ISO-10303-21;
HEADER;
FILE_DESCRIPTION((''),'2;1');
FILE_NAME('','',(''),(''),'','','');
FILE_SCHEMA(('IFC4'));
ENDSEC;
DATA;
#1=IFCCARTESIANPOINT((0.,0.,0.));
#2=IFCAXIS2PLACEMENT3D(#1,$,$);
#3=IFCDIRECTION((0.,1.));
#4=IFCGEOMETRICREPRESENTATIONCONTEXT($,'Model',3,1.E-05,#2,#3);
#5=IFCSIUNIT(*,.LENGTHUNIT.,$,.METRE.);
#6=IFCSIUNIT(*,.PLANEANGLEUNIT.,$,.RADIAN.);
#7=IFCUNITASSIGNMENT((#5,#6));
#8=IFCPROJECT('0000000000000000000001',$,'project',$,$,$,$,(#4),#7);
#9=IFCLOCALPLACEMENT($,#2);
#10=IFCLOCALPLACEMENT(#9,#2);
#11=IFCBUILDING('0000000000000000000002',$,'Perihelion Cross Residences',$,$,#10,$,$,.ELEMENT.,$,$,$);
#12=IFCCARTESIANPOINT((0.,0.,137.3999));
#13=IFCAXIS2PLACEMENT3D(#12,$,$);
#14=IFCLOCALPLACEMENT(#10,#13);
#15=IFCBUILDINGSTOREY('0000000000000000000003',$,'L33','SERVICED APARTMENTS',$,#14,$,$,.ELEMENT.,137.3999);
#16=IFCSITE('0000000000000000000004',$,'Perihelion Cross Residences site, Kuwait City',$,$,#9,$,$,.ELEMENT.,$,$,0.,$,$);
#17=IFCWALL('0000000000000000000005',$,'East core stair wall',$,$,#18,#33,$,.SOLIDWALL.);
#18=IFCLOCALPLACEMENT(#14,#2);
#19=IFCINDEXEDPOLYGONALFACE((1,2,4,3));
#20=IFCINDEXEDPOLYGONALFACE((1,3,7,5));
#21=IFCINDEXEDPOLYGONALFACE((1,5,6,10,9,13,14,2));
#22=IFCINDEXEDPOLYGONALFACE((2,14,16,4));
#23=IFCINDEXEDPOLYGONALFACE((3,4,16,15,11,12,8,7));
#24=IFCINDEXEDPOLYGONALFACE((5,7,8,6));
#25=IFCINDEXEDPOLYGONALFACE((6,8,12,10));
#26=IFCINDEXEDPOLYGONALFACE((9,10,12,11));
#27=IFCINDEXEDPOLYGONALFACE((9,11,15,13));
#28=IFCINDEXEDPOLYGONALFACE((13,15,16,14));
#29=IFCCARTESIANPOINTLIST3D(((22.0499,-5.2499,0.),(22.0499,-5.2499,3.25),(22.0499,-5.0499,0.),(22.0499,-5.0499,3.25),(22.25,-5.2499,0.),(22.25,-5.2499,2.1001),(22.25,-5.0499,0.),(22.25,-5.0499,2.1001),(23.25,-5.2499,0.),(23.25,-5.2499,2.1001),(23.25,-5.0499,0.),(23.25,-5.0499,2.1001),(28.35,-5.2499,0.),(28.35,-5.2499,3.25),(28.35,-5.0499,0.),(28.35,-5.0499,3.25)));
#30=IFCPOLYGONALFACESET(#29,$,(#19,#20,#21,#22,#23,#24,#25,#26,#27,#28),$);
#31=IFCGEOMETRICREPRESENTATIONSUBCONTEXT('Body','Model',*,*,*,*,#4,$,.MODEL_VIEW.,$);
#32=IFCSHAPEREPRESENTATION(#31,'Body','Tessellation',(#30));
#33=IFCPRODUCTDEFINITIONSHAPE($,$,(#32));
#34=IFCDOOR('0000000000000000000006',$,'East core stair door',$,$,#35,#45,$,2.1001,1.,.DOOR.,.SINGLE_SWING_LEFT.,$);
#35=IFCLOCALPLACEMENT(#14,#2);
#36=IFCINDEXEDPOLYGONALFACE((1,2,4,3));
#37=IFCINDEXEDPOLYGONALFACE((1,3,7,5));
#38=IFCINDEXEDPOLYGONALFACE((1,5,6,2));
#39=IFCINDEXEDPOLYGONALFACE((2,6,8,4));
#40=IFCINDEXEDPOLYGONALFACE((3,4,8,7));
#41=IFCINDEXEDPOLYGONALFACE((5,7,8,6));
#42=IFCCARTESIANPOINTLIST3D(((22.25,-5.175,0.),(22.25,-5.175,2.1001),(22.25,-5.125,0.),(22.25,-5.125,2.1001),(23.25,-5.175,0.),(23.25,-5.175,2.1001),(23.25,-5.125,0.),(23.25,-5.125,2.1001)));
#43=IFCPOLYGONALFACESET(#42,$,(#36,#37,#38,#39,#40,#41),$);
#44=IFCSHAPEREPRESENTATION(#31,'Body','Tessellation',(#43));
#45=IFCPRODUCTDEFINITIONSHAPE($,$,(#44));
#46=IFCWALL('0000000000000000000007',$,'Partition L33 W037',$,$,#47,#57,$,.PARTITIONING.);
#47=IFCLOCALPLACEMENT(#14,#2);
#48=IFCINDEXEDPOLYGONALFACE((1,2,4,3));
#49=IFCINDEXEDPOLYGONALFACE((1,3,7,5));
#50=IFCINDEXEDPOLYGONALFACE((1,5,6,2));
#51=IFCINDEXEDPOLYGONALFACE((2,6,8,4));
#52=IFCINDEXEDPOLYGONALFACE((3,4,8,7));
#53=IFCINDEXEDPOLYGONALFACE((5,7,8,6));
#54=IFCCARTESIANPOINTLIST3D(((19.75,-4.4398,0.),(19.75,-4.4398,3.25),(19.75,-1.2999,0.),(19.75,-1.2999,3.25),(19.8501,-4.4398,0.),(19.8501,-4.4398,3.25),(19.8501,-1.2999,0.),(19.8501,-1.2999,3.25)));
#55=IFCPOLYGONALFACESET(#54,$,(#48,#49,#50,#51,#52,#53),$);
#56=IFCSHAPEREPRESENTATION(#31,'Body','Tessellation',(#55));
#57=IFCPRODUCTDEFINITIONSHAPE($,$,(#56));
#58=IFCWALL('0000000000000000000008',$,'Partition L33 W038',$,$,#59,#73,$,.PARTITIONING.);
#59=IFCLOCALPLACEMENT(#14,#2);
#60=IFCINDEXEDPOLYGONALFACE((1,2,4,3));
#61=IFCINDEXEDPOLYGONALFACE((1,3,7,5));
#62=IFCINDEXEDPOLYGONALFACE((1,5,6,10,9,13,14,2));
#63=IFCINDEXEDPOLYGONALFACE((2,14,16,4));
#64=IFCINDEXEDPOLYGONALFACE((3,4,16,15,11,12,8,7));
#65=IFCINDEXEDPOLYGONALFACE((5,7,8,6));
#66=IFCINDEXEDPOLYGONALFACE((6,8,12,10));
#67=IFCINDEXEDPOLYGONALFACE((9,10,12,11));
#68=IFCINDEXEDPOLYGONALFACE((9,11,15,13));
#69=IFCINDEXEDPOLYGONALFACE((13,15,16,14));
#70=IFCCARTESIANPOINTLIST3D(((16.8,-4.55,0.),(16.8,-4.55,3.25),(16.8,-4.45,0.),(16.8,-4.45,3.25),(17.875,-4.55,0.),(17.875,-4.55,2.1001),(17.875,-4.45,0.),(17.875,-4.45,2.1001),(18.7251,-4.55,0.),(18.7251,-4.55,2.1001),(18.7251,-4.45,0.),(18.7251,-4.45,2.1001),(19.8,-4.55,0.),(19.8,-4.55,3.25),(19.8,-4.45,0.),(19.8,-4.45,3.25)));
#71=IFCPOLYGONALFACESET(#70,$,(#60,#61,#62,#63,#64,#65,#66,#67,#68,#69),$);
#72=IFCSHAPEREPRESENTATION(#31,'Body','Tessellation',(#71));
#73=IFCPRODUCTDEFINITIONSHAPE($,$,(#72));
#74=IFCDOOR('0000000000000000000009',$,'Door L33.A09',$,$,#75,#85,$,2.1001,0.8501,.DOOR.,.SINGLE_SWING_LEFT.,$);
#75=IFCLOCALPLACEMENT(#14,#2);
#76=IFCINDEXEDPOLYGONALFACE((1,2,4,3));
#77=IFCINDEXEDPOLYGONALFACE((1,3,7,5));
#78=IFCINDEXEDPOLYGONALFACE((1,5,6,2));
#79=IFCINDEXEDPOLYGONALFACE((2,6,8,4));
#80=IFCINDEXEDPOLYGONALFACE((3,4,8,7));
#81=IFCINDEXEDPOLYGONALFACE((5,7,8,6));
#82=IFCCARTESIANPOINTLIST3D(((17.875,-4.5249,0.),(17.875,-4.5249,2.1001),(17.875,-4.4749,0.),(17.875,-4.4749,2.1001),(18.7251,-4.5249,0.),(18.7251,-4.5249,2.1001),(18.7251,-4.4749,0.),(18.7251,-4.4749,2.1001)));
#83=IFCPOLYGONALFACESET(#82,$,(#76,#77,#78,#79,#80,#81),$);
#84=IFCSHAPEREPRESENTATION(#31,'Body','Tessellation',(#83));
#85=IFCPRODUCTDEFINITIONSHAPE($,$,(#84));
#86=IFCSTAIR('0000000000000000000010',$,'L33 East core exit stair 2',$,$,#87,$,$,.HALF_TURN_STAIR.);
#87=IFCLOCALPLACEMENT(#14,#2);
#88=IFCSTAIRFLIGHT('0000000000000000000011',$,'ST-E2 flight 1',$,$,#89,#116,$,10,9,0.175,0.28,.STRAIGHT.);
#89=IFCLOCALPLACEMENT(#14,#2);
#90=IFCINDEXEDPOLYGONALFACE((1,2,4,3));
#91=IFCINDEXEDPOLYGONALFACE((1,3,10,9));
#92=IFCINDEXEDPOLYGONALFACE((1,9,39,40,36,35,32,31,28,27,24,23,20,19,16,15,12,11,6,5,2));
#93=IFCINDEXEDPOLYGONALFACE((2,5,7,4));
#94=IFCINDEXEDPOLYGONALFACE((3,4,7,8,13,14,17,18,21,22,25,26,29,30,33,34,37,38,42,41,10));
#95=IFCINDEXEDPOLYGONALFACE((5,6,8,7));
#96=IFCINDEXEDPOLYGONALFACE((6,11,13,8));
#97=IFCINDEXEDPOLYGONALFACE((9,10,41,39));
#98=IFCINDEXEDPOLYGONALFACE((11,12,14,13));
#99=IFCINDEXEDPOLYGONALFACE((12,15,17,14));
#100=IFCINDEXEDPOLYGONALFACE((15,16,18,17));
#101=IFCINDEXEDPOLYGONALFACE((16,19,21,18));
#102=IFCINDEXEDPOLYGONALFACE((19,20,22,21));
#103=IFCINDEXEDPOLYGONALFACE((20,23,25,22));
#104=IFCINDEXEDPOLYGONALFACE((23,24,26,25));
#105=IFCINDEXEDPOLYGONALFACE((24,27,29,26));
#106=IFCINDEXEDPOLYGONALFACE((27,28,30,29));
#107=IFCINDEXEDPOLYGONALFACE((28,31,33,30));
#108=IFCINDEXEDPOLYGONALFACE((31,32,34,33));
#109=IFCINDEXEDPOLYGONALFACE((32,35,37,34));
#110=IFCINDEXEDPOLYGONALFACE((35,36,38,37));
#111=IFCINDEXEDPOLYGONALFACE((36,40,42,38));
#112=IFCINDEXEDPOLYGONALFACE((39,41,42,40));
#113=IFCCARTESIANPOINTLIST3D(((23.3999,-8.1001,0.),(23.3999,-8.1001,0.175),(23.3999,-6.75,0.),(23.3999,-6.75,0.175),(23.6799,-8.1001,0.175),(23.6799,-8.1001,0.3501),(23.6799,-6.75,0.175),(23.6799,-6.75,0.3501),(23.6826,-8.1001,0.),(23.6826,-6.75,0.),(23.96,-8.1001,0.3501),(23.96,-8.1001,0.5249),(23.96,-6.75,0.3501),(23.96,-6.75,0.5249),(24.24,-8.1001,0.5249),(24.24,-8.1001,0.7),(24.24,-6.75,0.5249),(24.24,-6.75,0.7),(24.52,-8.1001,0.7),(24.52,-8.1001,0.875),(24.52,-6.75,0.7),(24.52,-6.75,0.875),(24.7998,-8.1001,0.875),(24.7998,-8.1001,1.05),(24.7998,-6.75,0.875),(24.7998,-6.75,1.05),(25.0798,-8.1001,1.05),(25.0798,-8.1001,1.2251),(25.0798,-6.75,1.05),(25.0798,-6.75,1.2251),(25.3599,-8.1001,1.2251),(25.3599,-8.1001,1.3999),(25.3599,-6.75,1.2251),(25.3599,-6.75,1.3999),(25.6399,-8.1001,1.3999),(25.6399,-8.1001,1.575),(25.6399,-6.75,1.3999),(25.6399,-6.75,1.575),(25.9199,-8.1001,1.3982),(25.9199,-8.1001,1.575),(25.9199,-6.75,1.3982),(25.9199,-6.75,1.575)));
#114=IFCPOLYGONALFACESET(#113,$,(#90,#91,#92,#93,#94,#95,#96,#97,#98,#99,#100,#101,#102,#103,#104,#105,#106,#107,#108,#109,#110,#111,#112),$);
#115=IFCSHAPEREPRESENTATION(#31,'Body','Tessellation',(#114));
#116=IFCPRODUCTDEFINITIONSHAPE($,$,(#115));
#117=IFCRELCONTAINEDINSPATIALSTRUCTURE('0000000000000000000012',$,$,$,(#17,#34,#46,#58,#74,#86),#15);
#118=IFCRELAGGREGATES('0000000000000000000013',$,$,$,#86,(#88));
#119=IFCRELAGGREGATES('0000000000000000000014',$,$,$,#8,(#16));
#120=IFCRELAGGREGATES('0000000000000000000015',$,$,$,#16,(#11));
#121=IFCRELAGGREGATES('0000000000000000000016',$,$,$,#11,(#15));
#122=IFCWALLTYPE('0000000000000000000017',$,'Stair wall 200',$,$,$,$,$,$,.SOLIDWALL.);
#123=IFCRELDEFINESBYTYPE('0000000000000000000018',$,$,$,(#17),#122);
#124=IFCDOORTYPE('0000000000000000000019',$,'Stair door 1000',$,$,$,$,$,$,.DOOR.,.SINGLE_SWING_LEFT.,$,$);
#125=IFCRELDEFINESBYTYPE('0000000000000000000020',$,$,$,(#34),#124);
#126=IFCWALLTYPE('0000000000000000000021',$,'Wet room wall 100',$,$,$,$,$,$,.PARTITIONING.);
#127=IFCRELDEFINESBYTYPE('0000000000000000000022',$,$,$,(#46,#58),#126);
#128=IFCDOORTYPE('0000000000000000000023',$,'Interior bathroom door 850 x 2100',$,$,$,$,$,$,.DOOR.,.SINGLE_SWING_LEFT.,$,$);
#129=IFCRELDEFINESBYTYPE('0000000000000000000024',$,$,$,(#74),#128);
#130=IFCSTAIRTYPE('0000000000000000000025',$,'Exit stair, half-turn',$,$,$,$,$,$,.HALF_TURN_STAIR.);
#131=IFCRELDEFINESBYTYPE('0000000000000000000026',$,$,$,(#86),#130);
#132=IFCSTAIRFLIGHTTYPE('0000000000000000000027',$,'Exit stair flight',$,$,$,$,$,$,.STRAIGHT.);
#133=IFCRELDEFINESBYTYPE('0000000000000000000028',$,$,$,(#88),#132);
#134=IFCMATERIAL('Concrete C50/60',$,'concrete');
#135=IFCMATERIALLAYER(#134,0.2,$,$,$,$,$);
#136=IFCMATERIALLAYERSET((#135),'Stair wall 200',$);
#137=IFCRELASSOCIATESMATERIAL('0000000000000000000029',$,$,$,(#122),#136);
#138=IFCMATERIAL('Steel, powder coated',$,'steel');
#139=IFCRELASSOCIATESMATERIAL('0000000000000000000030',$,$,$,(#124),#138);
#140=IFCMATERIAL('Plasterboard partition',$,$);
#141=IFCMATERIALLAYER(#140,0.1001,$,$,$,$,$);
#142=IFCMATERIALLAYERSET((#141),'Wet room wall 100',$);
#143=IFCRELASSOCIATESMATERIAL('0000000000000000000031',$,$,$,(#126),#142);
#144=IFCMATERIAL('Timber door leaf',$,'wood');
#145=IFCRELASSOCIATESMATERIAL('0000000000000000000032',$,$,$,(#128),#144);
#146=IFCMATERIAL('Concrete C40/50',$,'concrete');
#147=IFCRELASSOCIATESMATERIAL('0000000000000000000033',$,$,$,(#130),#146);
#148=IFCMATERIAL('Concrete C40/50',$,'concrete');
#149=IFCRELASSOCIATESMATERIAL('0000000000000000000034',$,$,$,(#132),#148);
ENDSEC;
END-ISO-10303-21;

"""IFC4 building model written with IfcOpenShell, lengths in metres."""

from ifc_helpers import new_model, si_unit, direction, frame, frame_2d, origin, place, context, subcontext, project, spatial, polyline, rectangle, outline, extrude, material, layer, layer_set, type_object, element, fill, aggregate, save


model = new_model("IFC4")

# Units and contexts
model_context = context("Model", 3, precision=1e-05, world=origin(), true_north=direction((0.0, 1.0)))
body_context = subcontext(model_context, "Body", "Model", "MODEL_VIEW")
ifc_project = project(units=[si_unit("LENGTHUNIT", "METRE"), si_unit("PLANEANGLEUNIT", "RADIAN")], contexts=[model_context])

# Site, building, storey
site_placement = place(None, origin())
site = spatial("IfcSite", under=ifc_project, at=site_placement, Name="Perihelion Cross Residences site, Kuwait City", CompositionType="ELEMENT", RefElevation=0.0)
building_placement = place(site_placement, origin())
building = spatial("IfcBuilding", under=site, at=building_placement, Name="Perihelion Cross Residences", CompositionType="ELEMENT")
storey_placement = place(building_placement, frame((0.0, 0.0, 137.3999)))
storey = spatial("IfcBuildingStorey", under=building, at=storey_placement, Name="L33", Description="SERVICED APARTMENTS", CompositionType="ELEMENT", Elevation=137.3999)

# Wall, opening, door
ifc_material_1 = material(Name="Concrete C50/60", Category="concrete")
ifc_layer_1 = layer(ifc_material_1, 0.2)
ifc_layer_set_1 = layer_set([ifc_layer_1], Name="Stair wall 200")
wall_type_1 = type_object("IfcWallType", Name="Stair wall 200", PredefinedType="SOLIDWALL", material=ifc_layer_set_1)
wall_1_placement = place(storey_placement, frame((22.05, -5.1499, 0.0), z_axis=(0.0, 0.0, 1.0), x_axis=(1.0, 0.0, 0.0)))
wall_1 = element("IfcWall", 1, at=wall_1_placement, inside=storey, type_object=wall_type_1, Name="East core stair wall", PredefinedType="SOLIDWALL", context=body_context, shape_type="SweptSolid", body=[
    extrude(rectangle(XDim=6.3, YDim=0.2, at=frame_2d((3.1499, 0.0))), origin(), (0.0, 0.0, 1.0), 3.25),
])
opening_1_placement = place(wall_1_placement, frame((0.2, 0.0, 0.0)))
opening_1 = element("IfcOpeningElement", 2, at=opening_1_placement, cuts=wall_1, PredefinedType="OPENING", context=body_context, shape_type="SweptSolid", body=[
    extrude(rectangle(XDim=1.0, YDim=2.1001, at=frame_2d((0.5, 1.05))), frame((0.0, 0.1099, 0.0), z_axis=(0.0, -1.0, 0.0), x_axis=(1.0, 0.0, 0.0)), (0.0, 0.0, 1.0), 0.22),
])
ifc_material_2 = material(Name="Steel, powder coated", Category="steel")
door_type_1 = type_object("IfcDoorType", Name="Stair door 1000", OperationType="SINGLE_SWING_LEFT", PredefinedType="DOOR", material=ifc_material_2)
door_1_placement = place(opening_1_placement, origin())
door_1 = element("IfcDoor", 3, at=door_1_placement, inside=storey, type_object=door_type_1, Name="East core stair door", OperationType="SINGLE_SWING_LEFT", OverallHeight=2.1001, OverallWidth=1.0, PredefinedType="DOOR", context=body_context, shape_type="SweptSolid", body=[
    extrude(rectangle(XDim=1.0, YDim=2.1001, at=frame_2d((0.5, 1.05))), frame((0.0, 0.0249, 0.0), z_axis=(0.0, -1.0, 0.0), x_axis=(1.0, 0.0, 0.0)), (0.0, 0.0, 1.0), 0.05),
])
fill(opening_1, door_1)

# Wall
ifc_material_3 = material(Name="Plasterboard partition")
ifc_layer_2 = layer(ifc_material_3, 0.1001)
ifc_layer_set_2 = layer_set([ifc_layer_2], Name="Wet room wall 100")
wall_type_2 = type_object("IfcWallType", Name="Wet room wall 100", PredefinedType="PARTITIONING", material=ifc_layer_set_2)
wall_2_placement = place(storey_placement, frame((19.8, -1.3, 0.0), z_axis=(0.0, 0.0, 1.0), x_axis=(0.0, -1.0, 0.0)))
element("IfcWall", 4, at=wall_2_placement, inside=storey, type_object=wall_type_2, Name="Partition L33 W037", PredefinedType="PARTITIONING", context=body_context, shape_type="SweptSolid", body=[
    extrude(rectangle(XDim=3.1399, YDim=0.1001, at=frame_2d((1.5698, 0.0))), origin(), (0.0, 0.0, 1.0), 3.25),
])

# Wall, opening, door
wall_3_placement = place(storey_placement, frame((19.8, -4.5, 0.0), z_axis=(0.0, 0.0, 1.0), x_axis=(-1.0, 0.0, 0.0)))
wall_3 = element("IfcWall", 5, at=wall_3_placement, inside=storey, type_object=wall_type_2, Name="Partition L33 W038", PredefinedType="PARTITIONING", context=body_context, shape_type="SweptSolid", body=[
    extrude(rectangle(XDim=3.0, YDim=0.1001, at=frame_2d((1.5, 0.0))), origin(), (0.0, 0.0, 1.0), 3.25),
])
opening_2_placement = place(wall_3_placement, frame((1.075, 0.0, 0.0)))
opening_2 = element("IfcOpeningElement", 6, at=opening_2_placement, cuts=wall_3, PredefinedType="OPENING", context=body_context, shape_type="SweptSolid", body=[
    extrude(rectangle(XDim=0.8501, YDim=2.1001, at=frame_2d((0.425, 1.05))), frame((0.0, 0.0601, 0.0), z_axis=(0.0, -1.0, 0.0), x_axis=(1.0, 0.0, 0.0)), (0.0, 0.0, 1.0), 0.1201),
])
ifc_material_4 = material(Name="Timber door leaf", Category="wood")
door_type_2 = type_object("IfcDoorType", Name="Interior bathroom door 850 x 2100", OperationType="SINGLE_SWING_LEFT", PredefinedType="DOOR", material=ifc_material_4)
door_2_placement = place(opening_2_placement, origin())
door_2 = element("IfcDoor", 7, at=door_2_placement, inside=storey, type_object=door_type_2, Name="Door L33.A09", OperationType="SINGLE_SWING_LEFT", OverallHeight=2.1001, OverallWidth=0.8501, PredefinedType="DOOR", context=body_context, shape_type="SweptSolid", body=[
    extrude(rectangle(XDim=0.8501, YDim=2.1001, at=frame_2d((0.425, 1.05))), frame((0.0, 0.0249, 0.0), z_axis=(0.0, -1.0, 0.0), x_axis=(1.0, 0.0, 0.0)), (0.0, 0.0, 1.0), 0.05),
])
fill(opening_2, door_2)

# Stair, stair flight
ifc_material_5 = material(Name="Concrete C40/50", Category="concrete")
stair_type = type_object("IfcStairType", Name="Exit stair, half-turn", PredefinedType="HALF_TURN_STAIR", material=ifc_material_5)
stair_placement = place(storey_placement, origin())
stair = element("IfcStair", 8, at=stair_placement, inside=storey, type_object=stair_type, Name="L33 East core exit stair 2", PredefinedType="HALF_TURN_STAIR")
ifc_material_6 = material(Name="Concrete C40/50", Category="concrete")
stair_flight_type = type_object("IfcStairFlightType", Name="Exit stair flight", PredefinedType="STRAIGHT", material=ifc_material_6)
stair_flight_placement = place(storey_placement, frame((23.3999, -7.425, 0.0), z_axis=(0.0, 0.0, 1.0), x_axis=(1.0, 0.0, 0.0)))
stair_flight = element("IfcStairFlight", 9, at=stair_flight_placement, type_object=stair_flight_type, Name="ST-E2 flight 1", NumberOfRisers=10, NumberOfTreads=9, PredefinedType="STRAIGHT", RiserHeight=0.175, TreadLength=0.28, context=body_context, shape_type="SweptSolid", body=[
    extrude(outline(polyline([(0.0, 0.0), (0.0, 0.175), (0.28, 0.175), (0.28, 0.3501), (0.5601, 0.3501), (0.5601, 0.5249), (0.8401, 0.5249), (0.8401, 0.7), (1.1201, 0.7), (1.1201, 0.875), (1.3999, 0.875), (1.3999, 1.05), (1.6799, 1.05), (1.6799, 1.2251), (1.96, 1.2251), (1.96, 1.3999), (2.24, 1.3999), (2.24, 1.575), (2.52, 1.575), (2.52, 1.75), (2.52, 1.3982), (0.2827, 0.0), (0.0, 0.0)])), frame((0.0, 0.675, 0.0), z_axis=(0.0, -1.0, 0.0), x_axis=(1.0, 0.0, 0.0)), (0.0, 0.0, 1.0), 1.3501),
])
aggregate(stair, [stair_flight])

save(model, "model.ifc")
